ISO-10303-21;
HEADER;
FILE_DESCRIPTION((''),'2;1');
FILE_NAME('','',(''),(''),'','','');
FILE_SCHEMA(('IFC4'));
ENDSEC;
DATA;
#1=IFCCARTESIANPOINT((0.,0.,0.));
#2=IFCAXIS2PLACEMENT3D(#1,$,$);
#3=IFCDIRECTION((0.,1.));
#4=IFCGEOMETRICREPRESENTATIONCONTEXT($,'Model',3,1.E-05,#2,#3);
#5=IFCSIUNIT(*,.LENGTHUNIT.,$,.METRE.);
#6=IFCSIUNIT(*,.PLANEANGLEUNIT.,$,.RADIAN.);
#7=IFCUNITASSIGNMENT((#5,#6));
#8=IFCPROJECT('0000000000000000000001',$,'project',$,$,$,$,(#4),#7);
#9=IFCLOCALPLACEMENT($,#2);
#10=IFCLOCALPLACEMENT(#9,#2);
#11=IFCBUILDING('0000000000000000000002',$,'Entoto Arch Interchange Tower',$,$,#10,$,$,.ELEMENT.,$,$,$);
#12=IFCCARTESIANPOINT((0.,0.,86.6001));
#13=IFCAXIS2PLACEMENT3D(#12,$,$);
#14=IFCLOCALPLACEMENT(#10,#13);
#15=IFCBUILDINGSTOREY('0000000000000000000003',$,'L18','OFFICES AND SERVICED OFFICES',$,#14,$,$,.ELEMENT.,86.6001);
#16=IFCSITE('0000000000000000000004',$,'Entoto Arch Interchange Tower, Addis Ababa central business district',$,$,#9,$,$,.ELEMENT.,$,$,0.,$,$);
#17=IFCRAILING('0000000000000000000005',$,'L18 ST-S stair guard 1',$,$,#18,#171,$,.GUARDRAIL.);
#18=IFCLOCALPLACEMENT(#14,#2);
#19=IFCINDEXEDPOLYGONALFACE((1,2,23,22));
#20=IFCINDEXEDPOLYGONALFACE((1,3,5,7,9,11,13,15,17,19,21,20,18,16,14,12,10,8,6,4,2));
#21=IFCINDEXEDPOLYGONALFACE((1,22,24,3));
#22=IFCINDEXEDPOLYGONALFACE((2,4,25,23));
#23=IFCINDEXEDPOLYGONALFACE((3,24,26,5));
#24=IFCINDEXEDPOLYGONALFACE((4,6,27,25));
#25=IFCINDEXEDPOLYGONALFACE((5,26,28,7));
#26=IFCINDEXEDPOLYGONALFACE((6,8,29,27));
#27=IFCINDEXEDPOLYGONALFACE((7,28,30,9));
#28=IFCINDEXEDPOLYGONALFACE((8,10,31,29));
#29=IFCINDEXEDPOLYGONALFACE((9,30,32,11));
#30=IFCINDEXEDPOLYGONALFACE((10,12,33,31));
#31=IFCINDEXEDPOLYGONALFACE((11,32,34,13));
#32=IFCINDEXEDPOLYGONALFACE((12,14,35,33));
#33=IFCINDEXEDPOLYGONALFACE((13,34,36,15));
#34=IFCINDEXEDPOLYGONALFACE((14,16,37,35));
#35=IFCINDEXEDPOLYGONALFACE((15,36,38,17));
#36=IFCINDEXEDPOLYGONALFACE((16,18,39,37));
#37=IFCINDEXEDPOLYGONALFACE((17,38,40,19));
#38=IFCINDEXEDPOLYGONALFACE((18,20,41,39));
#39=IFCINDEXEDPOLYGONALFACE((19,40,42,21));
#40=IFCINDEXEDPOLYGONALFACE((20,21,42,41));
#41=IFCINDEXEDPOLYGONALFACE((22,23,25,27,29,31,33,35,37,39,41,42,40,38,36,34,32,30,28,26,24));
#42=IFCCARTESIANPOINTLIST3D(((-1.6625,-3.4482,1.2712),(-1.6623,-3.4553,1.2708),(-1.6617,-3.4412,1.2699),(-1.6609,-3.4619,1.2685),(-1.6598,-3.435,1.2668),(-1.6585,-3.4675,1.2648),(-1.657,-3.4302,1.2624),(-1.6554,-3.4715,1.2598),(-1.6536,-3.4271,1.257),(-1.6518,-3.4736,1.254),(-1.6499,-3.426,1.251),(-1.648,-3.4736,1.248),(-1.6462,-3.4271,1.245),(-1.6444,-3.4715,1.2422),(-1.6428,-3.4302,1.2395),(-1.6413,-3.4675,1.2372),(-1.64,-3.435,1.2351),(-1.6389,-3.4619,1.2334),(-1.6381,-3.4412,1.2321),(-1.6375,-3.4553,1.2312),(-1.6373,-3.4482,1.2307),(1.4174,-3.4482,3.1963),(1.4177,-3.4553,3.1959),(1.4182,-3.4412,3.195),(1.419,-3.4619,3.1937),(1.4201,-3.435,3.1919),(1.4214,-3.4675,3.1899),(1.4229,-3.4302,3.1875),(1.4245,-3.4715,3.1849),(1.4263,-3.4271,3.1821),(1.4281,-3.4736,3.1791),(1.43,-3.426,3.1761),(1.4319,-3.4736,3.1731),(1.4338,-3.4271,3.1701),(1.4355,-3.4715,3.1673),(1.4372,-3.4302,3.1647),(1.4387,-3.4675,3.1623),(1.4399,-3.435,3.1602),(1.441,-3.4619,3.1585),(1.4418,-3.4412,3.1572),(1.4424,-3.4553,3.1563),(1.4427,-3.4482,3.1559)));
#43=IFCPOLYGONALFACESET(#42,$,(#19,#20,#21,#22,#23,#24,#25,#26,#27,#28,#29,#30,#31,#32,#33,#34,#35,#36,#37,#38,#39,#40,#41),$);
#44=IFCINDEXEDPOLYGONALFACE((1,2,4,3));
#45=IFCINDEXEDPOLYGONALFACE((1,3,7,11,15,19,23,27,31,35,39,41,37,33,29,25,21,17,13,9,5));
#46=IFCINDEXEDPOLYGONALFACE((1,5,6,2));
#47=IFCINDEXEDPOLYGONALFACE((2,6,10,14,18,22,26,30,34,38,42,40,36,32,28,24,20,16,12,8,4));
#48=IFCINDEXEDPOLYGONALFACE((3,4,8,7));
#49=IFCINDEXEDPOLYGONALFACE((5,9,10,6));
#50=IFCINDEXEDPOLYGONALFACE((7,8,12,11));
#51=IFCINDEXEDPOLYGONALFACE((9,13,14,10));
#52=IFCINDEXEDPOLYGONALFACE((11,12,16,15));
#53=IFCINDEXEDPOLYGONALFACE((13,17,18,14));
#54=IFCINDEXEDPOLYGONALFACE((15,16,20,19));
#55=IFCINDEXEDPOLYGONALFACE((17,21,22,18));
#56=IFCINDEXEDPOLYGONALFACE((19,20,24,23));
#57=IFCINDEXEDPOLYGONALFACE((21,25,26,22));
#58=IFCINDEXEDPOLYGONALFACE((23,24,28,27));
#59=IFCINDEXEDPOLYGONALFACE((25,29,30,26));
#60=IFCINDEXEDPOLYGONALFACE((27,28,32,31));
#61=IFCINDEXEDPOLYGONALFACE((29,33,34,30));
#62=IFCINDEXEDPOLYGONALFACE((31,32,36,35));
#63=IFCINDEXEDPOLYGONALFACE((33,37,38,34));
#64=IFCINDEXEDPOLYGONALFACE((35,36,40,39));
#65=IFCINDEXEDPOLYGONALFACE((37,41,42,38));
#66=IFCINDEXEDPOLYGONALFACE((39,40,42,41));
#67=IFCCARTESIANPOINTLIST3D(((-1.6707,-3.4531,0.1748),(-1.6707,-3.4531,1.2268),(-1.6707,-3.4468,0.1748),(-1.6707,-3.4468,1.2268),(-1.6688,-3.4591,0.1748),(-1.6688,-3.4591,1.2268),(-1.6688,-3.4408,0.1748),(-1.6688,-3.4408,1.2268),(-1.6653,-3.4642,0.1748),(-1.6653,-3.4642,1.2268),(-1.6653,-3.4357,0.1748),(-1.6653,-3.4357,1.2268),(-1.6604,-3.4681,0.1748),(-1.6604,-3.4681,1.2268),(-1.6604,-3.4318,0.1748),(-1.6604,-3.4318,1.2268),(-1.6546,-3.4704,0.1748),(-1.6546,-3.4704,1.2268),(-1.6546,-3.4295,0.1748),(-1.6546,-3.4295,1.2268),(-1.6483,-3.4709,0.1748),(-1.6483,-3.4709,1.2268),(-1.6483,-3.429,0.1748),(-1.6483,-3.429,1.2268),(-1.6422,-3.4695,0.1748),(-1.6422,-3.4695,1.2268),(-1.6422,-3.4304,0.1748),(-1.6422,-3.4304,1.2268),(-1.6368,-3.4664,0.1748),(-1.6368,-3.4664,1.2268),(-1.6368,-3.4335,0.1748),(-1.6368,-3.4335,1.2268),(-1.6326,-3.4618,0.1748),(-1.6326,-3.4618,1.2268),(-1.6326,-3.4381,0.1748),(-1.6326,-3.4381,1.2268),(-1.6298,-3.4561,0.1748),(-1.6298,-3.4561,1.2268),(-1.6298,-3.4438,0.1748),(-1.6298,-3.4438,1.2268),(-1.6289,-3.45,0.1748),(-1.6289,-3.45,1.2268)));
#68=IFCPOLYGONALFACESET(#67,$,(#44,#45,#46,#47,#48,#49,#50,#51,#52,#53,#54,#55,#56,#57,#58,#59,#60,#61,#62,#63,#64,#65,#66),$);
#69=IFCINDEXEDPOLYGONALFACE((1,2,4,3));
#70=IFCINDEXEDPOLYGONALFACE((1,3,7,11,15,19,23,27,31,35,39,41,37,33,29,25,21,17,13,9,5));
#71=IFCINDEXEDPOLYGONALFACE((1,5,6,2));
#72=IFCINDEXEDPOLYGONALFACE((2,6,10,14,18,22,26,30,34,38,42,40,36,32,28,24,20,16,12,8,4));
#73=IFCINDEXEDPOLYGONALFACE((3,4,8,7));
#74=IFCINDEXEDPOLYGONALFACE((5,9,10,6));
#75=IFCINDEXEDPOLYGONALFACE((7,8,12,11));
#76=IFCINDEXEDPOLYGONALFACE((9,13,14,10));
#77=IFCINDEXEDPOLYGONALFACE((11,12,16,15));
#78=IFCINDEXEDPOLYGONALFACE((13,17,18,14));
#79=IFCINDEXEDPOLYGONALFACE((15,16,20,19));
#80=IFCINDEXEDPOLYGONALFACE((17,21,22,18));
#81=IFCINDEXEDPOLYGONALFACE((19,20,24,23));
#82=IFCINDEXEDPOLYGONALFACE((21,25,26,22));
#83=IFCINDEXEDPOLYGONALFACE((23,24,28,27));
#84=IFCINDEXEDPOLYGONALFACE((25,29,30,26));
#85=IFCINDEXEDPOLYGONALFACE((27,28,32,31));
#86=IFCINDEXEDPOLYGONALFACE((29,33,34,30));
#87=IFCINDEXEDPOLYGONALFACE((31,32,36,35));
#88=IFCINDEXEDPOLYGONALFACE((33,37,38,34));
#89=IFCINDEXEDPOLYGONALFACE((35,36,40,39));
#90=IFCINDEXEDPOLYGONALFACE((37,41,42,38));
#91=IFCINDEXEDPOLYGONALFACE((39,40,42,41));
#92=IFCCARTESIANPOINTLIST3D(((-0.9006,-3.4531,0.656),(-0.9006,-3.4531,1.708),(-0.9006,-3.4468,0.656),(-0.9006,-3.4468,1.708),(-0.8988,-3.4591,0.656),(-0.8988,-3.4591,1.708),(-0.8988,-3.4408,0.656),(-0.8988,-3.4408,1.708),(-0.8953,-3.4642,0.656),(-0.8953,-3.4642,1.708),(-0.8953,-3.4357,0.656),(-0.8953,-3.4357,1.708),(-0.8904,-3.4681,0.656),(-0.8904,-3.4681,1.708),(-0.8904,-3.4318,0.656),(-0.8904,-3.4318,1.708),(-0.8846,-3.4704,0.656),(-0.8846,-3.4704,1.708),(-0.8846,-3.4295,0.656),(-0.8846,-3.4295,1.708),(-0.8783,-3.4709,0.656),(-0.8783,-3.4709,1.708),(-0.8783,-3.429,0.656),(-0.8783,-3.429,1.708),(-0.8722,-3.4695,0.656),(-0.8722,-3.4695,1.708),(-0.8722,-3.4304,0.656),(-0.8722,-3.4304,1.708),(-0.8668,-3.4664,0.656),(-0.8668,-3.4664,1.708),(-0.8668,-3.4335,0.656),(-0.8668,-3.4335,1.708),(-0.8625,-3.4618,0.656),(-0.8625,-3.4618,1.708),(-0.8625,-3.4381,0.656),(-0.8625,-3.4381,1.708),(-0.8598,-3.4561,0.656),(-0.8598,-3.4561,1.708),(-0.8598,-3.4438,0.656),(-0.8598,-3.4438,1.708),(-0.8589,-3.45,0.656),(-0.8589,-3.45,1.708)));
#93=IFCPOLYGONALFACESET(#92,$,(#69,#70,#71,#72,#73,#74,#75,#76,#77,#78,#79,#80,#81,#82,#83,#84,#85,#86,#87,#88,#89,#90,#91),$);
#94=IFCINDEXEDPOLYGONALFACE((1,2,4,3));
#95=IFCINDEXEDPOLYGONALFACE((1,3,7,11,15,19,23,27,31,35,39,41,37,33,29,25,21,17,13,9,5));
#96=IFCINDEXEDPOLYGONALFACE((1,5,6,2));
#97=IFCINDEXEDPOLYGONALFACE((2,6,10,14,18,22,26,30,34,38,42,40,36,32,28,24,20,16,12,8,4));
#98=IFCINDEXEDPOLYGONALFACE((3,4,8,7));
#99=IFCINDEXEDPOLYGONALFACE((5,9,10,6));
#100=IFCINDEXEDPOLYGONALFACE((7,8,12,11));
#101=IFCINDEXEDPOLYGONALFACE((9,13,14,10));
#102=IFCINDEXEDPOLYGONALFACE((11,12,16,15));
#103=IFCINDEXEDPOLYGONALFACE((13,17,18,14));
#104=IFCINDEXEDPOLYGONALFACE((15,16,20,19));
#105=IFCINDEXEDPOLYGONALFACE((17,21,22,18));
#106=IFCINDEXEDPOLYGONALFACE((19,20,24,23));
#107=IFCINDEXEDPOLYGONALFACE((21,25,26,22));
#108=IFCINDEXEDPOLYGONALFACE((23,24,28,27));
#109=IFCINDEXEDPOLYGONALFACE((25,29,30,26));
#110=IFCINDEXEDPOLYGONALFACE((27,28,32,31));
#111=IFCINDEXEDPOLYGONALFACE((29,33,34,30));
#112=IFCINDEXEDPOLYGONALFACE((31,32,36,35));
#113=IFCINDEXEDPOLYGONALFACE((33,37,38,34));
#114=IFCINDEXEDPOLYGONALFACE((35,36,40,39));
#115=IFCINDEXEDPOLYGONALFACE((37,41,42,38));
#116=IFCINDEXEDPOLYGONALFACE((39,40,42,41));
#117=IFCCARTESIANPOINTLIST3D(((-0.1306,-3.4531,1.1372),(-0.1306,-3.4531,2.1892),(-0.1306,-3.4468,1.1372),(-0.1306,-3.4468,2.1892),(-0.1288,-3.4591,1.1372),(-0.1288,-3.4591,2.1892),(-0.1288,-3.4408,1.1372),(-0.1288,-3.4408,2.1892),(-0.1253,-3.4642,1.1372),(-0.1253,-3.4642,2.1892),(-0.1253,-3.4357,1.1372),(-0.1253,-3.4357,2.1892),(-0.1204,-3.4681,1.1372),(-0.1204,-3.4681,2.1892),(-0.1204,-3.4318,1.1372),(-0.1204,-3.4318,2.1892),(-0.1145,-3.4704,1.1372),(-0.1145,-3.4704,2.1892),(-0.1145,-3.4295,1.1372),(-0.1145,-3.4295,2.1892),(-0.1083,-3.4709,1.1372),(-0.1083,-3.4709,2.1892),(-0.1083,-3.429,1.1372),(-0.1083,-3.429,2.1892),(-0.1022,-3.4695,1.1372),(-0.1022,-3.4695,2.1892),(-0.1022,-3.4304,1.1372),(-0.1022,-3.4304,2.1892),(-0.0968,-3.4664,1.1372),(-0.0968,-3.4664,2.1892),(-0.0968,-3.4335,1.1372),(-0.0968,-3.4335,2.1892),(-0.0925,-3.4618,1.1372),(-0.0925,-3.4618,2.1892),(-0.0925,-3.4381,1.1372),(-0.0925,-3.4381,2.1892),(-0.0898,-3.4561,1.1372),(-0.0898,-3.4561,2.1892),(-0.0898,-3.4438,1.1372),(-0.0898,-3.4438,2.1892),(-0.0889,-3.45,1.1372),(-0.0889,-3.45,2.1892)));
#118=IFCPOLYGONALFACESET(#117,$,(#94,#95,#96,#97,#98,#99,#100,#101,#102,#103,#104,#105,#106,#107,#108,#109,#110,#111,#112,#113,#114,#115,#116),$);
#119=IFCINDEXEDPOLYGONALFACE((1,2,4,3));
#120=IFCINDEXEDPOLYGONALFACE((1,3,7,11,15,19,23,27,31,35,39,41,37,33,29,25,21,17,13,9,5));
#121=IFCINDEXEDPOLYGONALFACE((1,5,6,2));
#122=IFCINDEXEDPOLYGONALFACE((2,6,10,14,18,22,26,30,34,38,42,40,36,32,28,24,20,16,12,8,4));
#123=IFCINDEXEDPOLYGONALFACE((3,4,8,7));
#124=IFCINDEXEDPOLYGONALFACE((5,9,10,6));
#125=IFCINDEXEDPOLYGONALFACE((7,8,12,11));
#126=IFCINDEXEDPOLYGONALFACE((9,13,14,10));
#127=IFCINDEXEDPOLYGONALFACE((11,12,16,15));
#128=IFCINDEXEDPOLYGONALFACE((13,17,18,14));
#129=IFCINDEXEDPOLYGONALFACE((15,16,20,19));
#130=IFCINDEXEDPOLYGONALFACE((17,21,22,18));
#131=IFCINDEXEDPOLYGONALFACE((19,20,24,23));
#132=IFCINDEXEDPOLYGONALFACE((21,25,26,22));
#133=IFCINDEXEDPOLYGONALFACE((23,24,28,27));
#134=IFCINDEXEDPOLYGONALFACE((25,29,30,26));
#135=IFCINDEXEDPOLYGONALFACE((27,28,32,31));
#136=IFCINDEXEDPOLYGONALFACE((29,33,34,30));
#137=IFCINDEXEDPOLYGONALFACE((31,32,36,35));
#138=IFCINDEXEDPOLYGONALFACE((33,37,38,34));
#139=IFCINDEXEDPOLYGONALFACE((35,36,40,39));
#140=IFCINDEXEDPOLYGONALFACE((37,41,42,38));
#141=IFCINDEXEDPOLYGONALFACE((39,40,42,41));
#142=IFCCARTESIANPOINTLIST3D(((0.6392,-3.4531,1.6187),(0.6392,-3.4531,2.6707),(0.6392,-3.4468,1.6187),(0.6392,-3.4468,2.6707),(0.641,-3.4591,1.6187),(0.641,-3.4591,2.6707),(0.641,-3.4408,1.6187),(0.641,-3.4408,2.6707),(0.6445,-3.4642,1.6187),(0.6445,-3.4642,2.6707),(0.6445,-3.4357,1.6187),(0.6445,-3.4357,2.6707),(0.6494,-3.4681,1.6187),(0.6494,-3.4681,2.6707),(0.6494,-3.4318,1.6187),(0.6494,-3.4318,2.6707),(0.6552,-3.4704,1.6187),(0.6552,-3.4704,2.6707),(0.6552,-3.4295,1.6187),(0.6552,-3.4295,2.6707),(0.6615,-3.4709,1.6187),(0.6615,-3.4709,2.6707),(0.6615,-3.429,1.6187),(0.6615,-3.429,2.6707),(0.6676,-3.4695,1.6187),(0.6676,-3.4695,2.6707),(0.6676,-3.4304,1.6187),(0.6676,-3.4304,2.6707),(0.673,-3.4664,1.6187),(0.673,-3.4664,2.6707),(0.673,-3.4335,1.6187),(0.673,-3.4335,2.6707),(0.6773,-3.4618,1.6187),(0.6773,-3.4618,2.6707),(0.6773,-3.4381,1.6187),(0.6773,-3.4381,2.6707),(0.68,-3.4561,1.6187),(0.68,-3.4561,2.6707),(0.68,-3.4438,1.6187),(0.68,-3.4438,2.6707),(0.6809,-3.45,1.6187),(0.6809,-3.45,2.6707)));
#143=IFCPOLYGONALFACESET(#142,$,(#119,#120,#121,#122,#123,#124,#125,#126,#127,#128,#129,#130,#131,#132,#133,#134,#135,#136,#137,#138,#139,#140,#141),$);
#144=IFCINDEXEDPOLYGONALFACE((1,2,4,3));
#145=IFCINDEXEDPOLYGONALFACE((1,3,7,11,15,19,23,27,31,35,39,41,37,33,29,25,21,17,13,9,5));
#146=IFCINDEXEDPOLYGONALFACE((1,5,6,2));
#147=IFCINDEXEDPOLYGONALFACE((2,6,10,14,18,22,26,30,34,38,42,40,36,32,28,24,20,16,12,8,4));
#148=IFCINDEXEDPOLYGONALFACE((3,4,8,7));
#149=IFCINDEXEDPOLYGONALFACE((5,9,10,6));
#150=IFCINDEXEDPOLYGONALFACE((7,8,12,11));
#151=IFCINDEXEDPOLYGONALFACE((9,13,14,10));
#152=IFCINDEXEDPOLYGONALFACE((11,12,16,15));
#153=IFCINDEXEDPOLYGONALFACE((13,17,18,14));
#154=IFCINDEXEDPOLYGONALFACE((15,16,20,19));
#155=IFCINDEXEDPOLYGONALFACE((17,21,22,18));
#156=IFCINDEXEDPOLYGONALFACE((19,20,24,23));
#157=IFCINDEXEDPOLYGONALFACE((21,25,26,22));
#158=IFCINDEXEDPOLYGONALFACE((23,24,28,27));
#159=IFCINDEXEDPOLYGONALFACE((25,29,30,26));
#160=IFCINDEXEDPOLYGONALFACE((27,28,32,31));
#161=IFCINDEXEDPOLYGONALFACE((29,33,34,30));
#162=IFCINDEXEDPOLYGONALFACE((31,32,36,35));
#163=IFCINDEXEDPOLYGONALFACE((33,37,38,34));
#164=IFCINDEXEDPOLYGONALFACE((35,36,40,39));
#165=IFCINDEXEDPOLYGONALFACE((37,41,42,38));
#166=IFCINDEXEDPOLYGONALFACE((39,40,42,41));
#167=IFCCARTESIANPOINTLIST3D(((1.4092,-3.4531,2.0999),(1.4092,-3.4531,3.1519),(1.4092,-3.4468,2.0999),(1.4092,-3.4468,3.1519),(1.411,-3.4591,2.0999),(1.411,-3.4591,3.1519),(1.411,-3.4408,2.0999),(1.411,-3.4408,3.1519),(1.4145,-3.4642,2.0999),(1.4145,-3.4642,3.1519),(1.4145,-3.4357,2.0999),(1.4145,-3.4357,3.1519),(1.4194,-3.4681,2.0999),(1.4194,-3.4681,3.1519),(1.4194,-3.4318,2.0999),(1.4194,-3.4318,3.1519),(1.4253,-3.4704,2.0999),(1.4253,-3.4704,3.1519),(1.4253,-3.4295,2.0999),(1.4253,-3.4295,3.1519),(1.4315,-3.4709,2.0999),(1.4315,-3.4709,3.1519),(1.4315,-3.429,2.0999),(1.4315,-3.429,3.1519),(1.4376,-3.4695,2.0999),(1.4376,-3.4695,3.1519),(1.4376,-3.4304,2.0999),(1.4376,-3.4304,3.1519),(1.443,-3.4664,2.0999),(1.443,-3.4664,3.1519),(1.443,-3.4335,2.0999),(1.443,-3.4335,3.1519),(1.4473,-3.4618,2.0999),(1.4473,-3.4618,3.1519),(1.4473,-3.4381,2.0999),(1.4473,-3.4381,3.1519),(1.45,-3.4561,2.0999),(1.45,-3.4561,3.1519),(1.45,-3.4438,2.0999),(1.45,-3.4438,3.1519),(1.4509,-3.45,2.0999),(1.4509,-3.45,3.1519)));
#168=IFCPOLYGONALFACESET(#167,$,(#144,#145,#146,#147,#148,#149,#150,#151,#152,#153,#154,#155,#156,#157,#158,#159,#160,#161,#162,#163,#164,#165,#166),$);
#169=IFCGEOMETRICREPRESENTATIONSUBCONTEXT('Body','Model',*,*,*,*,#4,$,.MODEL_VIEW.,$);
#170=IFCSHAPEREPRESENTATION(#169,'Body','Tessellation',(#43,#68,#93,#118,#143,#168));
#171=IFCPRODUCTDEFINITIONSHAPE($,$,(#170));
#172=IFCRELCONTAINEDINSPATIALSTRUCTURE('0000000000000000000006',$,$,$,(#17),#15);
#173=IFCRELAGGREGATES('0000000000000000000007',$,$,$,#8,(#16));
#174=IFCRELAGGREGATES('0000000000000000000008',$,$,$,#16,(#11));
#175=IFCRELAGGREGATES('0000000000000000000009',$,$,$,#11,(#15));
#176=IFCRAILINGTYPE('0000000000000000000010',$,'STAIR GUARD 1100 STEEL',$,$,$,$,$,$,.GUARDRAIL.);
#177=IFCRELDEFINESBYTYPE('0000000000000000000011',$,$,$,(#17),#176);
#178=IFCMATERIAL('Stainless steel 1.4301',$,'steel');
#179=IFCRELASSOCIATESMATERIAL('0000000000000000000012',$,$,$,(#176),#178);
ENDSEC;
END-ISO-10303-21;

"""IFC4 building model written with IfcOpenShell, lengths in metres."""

from ifc_helpers import new_model, si_unit, direction, frame, origin, origin_2d, place, context, subcontext, project, spatial, circle, extrude, material, type_object, element, save


model = new_model("IFC4")

# Units and contexts
model_context = context("Model", 3, precision=1e-05, world=origin(), true_north=direction((0.0, 1.0)))
body_context = subcontext(model_context, "Body", "Model", "MODEL_VIEW")
ifc_project = project(units=[si_unit("LENGTHUNIT", "METRE"), si_unit("PLANEANGLEUNIT", "RADIAN")], contexts=[model_context])

# Site, building, storey
site_placement = place(None, origin())
site = spatial("IfcSite", under=ifc_project, at=site_placement, Name="Entoto Arch Interchange Tower, Addis Ababa central business district", CompositionType="ELEMENT", RefElevation=0.0)
building_placement = place(site_placement, origin())
building = spatial("IfcBuilding", under=site, at=building_placement, Name="Entoto Arch Interchange Tower", CompositionType="ELEMENT")
storey_placement = place(building_placement, frame((0.0, 0.0, 86.6001)))
storey = spatial("IfcBuildingStorey", under=building, at=storey_placement, Name="L18", Description="OFFICES AND SERVICED OFFICES", CompositionType="ELEMENT", Elevation=86.6001)

# Railing
ifc_material_1 = material(Name="Stainless steel 1.4301", Category="steel")
railing_type_1 = type_object("IfcRailingType", Name="STAIR GUARD 1100 STEEL", PredefinedType="GUARDRAIL", material=ifc_material_1)
railing_1_placement = place(storey_placement, frame((-1.6499, -3.45, 0.1748)))
element("IfcRailing", 1, at=railing_1_placement, inside=storey, type_object=railing_type_1, Name="L18 ST-S stair guard 1", PredefinedType="GUARDRAIL", context=body_context, shape_type="SweptSolid", body=[
    extrude(circle(Radius=0.0239, at=origin_2d()), frame((0.0, 0.0, 1.0762), z_axis=(0.847979, 0.0, 0.530029), x_axis=(0.0, 1.0, 0.0)), (0.0, 0.0, 1.0), 3.6321),
    extrude(circle(Radius=0.021, at=origin_2d()), origin(), (0.0, 0.0, 1.0), 1.052),
    extrude(circle(Radius=0.021, at=origin_2d()), frame((0.77, 0.0, 0.4812)), (0.0, 0.0, 1.0), 1.052),
    extrude(circle(Radius=0.021, at=origin_2d()), frame((1.54, 0.0, 0.9624)), (0.0, 0.0, 1.0), 1.052),
    extrude(circle(Radius=0.021, at=origin_2d()), frame((2.3098, 0.0, 1.4438)), (0.0, 0.0, 1.0), 1.052),
    extrude(circle(Radius=0.021, at=origin_2d()), frame((3.0798, 0.0, 1.925)), (0.0, 0.0, 1.0), 1.052),
])

save(model, "model.ifc")
